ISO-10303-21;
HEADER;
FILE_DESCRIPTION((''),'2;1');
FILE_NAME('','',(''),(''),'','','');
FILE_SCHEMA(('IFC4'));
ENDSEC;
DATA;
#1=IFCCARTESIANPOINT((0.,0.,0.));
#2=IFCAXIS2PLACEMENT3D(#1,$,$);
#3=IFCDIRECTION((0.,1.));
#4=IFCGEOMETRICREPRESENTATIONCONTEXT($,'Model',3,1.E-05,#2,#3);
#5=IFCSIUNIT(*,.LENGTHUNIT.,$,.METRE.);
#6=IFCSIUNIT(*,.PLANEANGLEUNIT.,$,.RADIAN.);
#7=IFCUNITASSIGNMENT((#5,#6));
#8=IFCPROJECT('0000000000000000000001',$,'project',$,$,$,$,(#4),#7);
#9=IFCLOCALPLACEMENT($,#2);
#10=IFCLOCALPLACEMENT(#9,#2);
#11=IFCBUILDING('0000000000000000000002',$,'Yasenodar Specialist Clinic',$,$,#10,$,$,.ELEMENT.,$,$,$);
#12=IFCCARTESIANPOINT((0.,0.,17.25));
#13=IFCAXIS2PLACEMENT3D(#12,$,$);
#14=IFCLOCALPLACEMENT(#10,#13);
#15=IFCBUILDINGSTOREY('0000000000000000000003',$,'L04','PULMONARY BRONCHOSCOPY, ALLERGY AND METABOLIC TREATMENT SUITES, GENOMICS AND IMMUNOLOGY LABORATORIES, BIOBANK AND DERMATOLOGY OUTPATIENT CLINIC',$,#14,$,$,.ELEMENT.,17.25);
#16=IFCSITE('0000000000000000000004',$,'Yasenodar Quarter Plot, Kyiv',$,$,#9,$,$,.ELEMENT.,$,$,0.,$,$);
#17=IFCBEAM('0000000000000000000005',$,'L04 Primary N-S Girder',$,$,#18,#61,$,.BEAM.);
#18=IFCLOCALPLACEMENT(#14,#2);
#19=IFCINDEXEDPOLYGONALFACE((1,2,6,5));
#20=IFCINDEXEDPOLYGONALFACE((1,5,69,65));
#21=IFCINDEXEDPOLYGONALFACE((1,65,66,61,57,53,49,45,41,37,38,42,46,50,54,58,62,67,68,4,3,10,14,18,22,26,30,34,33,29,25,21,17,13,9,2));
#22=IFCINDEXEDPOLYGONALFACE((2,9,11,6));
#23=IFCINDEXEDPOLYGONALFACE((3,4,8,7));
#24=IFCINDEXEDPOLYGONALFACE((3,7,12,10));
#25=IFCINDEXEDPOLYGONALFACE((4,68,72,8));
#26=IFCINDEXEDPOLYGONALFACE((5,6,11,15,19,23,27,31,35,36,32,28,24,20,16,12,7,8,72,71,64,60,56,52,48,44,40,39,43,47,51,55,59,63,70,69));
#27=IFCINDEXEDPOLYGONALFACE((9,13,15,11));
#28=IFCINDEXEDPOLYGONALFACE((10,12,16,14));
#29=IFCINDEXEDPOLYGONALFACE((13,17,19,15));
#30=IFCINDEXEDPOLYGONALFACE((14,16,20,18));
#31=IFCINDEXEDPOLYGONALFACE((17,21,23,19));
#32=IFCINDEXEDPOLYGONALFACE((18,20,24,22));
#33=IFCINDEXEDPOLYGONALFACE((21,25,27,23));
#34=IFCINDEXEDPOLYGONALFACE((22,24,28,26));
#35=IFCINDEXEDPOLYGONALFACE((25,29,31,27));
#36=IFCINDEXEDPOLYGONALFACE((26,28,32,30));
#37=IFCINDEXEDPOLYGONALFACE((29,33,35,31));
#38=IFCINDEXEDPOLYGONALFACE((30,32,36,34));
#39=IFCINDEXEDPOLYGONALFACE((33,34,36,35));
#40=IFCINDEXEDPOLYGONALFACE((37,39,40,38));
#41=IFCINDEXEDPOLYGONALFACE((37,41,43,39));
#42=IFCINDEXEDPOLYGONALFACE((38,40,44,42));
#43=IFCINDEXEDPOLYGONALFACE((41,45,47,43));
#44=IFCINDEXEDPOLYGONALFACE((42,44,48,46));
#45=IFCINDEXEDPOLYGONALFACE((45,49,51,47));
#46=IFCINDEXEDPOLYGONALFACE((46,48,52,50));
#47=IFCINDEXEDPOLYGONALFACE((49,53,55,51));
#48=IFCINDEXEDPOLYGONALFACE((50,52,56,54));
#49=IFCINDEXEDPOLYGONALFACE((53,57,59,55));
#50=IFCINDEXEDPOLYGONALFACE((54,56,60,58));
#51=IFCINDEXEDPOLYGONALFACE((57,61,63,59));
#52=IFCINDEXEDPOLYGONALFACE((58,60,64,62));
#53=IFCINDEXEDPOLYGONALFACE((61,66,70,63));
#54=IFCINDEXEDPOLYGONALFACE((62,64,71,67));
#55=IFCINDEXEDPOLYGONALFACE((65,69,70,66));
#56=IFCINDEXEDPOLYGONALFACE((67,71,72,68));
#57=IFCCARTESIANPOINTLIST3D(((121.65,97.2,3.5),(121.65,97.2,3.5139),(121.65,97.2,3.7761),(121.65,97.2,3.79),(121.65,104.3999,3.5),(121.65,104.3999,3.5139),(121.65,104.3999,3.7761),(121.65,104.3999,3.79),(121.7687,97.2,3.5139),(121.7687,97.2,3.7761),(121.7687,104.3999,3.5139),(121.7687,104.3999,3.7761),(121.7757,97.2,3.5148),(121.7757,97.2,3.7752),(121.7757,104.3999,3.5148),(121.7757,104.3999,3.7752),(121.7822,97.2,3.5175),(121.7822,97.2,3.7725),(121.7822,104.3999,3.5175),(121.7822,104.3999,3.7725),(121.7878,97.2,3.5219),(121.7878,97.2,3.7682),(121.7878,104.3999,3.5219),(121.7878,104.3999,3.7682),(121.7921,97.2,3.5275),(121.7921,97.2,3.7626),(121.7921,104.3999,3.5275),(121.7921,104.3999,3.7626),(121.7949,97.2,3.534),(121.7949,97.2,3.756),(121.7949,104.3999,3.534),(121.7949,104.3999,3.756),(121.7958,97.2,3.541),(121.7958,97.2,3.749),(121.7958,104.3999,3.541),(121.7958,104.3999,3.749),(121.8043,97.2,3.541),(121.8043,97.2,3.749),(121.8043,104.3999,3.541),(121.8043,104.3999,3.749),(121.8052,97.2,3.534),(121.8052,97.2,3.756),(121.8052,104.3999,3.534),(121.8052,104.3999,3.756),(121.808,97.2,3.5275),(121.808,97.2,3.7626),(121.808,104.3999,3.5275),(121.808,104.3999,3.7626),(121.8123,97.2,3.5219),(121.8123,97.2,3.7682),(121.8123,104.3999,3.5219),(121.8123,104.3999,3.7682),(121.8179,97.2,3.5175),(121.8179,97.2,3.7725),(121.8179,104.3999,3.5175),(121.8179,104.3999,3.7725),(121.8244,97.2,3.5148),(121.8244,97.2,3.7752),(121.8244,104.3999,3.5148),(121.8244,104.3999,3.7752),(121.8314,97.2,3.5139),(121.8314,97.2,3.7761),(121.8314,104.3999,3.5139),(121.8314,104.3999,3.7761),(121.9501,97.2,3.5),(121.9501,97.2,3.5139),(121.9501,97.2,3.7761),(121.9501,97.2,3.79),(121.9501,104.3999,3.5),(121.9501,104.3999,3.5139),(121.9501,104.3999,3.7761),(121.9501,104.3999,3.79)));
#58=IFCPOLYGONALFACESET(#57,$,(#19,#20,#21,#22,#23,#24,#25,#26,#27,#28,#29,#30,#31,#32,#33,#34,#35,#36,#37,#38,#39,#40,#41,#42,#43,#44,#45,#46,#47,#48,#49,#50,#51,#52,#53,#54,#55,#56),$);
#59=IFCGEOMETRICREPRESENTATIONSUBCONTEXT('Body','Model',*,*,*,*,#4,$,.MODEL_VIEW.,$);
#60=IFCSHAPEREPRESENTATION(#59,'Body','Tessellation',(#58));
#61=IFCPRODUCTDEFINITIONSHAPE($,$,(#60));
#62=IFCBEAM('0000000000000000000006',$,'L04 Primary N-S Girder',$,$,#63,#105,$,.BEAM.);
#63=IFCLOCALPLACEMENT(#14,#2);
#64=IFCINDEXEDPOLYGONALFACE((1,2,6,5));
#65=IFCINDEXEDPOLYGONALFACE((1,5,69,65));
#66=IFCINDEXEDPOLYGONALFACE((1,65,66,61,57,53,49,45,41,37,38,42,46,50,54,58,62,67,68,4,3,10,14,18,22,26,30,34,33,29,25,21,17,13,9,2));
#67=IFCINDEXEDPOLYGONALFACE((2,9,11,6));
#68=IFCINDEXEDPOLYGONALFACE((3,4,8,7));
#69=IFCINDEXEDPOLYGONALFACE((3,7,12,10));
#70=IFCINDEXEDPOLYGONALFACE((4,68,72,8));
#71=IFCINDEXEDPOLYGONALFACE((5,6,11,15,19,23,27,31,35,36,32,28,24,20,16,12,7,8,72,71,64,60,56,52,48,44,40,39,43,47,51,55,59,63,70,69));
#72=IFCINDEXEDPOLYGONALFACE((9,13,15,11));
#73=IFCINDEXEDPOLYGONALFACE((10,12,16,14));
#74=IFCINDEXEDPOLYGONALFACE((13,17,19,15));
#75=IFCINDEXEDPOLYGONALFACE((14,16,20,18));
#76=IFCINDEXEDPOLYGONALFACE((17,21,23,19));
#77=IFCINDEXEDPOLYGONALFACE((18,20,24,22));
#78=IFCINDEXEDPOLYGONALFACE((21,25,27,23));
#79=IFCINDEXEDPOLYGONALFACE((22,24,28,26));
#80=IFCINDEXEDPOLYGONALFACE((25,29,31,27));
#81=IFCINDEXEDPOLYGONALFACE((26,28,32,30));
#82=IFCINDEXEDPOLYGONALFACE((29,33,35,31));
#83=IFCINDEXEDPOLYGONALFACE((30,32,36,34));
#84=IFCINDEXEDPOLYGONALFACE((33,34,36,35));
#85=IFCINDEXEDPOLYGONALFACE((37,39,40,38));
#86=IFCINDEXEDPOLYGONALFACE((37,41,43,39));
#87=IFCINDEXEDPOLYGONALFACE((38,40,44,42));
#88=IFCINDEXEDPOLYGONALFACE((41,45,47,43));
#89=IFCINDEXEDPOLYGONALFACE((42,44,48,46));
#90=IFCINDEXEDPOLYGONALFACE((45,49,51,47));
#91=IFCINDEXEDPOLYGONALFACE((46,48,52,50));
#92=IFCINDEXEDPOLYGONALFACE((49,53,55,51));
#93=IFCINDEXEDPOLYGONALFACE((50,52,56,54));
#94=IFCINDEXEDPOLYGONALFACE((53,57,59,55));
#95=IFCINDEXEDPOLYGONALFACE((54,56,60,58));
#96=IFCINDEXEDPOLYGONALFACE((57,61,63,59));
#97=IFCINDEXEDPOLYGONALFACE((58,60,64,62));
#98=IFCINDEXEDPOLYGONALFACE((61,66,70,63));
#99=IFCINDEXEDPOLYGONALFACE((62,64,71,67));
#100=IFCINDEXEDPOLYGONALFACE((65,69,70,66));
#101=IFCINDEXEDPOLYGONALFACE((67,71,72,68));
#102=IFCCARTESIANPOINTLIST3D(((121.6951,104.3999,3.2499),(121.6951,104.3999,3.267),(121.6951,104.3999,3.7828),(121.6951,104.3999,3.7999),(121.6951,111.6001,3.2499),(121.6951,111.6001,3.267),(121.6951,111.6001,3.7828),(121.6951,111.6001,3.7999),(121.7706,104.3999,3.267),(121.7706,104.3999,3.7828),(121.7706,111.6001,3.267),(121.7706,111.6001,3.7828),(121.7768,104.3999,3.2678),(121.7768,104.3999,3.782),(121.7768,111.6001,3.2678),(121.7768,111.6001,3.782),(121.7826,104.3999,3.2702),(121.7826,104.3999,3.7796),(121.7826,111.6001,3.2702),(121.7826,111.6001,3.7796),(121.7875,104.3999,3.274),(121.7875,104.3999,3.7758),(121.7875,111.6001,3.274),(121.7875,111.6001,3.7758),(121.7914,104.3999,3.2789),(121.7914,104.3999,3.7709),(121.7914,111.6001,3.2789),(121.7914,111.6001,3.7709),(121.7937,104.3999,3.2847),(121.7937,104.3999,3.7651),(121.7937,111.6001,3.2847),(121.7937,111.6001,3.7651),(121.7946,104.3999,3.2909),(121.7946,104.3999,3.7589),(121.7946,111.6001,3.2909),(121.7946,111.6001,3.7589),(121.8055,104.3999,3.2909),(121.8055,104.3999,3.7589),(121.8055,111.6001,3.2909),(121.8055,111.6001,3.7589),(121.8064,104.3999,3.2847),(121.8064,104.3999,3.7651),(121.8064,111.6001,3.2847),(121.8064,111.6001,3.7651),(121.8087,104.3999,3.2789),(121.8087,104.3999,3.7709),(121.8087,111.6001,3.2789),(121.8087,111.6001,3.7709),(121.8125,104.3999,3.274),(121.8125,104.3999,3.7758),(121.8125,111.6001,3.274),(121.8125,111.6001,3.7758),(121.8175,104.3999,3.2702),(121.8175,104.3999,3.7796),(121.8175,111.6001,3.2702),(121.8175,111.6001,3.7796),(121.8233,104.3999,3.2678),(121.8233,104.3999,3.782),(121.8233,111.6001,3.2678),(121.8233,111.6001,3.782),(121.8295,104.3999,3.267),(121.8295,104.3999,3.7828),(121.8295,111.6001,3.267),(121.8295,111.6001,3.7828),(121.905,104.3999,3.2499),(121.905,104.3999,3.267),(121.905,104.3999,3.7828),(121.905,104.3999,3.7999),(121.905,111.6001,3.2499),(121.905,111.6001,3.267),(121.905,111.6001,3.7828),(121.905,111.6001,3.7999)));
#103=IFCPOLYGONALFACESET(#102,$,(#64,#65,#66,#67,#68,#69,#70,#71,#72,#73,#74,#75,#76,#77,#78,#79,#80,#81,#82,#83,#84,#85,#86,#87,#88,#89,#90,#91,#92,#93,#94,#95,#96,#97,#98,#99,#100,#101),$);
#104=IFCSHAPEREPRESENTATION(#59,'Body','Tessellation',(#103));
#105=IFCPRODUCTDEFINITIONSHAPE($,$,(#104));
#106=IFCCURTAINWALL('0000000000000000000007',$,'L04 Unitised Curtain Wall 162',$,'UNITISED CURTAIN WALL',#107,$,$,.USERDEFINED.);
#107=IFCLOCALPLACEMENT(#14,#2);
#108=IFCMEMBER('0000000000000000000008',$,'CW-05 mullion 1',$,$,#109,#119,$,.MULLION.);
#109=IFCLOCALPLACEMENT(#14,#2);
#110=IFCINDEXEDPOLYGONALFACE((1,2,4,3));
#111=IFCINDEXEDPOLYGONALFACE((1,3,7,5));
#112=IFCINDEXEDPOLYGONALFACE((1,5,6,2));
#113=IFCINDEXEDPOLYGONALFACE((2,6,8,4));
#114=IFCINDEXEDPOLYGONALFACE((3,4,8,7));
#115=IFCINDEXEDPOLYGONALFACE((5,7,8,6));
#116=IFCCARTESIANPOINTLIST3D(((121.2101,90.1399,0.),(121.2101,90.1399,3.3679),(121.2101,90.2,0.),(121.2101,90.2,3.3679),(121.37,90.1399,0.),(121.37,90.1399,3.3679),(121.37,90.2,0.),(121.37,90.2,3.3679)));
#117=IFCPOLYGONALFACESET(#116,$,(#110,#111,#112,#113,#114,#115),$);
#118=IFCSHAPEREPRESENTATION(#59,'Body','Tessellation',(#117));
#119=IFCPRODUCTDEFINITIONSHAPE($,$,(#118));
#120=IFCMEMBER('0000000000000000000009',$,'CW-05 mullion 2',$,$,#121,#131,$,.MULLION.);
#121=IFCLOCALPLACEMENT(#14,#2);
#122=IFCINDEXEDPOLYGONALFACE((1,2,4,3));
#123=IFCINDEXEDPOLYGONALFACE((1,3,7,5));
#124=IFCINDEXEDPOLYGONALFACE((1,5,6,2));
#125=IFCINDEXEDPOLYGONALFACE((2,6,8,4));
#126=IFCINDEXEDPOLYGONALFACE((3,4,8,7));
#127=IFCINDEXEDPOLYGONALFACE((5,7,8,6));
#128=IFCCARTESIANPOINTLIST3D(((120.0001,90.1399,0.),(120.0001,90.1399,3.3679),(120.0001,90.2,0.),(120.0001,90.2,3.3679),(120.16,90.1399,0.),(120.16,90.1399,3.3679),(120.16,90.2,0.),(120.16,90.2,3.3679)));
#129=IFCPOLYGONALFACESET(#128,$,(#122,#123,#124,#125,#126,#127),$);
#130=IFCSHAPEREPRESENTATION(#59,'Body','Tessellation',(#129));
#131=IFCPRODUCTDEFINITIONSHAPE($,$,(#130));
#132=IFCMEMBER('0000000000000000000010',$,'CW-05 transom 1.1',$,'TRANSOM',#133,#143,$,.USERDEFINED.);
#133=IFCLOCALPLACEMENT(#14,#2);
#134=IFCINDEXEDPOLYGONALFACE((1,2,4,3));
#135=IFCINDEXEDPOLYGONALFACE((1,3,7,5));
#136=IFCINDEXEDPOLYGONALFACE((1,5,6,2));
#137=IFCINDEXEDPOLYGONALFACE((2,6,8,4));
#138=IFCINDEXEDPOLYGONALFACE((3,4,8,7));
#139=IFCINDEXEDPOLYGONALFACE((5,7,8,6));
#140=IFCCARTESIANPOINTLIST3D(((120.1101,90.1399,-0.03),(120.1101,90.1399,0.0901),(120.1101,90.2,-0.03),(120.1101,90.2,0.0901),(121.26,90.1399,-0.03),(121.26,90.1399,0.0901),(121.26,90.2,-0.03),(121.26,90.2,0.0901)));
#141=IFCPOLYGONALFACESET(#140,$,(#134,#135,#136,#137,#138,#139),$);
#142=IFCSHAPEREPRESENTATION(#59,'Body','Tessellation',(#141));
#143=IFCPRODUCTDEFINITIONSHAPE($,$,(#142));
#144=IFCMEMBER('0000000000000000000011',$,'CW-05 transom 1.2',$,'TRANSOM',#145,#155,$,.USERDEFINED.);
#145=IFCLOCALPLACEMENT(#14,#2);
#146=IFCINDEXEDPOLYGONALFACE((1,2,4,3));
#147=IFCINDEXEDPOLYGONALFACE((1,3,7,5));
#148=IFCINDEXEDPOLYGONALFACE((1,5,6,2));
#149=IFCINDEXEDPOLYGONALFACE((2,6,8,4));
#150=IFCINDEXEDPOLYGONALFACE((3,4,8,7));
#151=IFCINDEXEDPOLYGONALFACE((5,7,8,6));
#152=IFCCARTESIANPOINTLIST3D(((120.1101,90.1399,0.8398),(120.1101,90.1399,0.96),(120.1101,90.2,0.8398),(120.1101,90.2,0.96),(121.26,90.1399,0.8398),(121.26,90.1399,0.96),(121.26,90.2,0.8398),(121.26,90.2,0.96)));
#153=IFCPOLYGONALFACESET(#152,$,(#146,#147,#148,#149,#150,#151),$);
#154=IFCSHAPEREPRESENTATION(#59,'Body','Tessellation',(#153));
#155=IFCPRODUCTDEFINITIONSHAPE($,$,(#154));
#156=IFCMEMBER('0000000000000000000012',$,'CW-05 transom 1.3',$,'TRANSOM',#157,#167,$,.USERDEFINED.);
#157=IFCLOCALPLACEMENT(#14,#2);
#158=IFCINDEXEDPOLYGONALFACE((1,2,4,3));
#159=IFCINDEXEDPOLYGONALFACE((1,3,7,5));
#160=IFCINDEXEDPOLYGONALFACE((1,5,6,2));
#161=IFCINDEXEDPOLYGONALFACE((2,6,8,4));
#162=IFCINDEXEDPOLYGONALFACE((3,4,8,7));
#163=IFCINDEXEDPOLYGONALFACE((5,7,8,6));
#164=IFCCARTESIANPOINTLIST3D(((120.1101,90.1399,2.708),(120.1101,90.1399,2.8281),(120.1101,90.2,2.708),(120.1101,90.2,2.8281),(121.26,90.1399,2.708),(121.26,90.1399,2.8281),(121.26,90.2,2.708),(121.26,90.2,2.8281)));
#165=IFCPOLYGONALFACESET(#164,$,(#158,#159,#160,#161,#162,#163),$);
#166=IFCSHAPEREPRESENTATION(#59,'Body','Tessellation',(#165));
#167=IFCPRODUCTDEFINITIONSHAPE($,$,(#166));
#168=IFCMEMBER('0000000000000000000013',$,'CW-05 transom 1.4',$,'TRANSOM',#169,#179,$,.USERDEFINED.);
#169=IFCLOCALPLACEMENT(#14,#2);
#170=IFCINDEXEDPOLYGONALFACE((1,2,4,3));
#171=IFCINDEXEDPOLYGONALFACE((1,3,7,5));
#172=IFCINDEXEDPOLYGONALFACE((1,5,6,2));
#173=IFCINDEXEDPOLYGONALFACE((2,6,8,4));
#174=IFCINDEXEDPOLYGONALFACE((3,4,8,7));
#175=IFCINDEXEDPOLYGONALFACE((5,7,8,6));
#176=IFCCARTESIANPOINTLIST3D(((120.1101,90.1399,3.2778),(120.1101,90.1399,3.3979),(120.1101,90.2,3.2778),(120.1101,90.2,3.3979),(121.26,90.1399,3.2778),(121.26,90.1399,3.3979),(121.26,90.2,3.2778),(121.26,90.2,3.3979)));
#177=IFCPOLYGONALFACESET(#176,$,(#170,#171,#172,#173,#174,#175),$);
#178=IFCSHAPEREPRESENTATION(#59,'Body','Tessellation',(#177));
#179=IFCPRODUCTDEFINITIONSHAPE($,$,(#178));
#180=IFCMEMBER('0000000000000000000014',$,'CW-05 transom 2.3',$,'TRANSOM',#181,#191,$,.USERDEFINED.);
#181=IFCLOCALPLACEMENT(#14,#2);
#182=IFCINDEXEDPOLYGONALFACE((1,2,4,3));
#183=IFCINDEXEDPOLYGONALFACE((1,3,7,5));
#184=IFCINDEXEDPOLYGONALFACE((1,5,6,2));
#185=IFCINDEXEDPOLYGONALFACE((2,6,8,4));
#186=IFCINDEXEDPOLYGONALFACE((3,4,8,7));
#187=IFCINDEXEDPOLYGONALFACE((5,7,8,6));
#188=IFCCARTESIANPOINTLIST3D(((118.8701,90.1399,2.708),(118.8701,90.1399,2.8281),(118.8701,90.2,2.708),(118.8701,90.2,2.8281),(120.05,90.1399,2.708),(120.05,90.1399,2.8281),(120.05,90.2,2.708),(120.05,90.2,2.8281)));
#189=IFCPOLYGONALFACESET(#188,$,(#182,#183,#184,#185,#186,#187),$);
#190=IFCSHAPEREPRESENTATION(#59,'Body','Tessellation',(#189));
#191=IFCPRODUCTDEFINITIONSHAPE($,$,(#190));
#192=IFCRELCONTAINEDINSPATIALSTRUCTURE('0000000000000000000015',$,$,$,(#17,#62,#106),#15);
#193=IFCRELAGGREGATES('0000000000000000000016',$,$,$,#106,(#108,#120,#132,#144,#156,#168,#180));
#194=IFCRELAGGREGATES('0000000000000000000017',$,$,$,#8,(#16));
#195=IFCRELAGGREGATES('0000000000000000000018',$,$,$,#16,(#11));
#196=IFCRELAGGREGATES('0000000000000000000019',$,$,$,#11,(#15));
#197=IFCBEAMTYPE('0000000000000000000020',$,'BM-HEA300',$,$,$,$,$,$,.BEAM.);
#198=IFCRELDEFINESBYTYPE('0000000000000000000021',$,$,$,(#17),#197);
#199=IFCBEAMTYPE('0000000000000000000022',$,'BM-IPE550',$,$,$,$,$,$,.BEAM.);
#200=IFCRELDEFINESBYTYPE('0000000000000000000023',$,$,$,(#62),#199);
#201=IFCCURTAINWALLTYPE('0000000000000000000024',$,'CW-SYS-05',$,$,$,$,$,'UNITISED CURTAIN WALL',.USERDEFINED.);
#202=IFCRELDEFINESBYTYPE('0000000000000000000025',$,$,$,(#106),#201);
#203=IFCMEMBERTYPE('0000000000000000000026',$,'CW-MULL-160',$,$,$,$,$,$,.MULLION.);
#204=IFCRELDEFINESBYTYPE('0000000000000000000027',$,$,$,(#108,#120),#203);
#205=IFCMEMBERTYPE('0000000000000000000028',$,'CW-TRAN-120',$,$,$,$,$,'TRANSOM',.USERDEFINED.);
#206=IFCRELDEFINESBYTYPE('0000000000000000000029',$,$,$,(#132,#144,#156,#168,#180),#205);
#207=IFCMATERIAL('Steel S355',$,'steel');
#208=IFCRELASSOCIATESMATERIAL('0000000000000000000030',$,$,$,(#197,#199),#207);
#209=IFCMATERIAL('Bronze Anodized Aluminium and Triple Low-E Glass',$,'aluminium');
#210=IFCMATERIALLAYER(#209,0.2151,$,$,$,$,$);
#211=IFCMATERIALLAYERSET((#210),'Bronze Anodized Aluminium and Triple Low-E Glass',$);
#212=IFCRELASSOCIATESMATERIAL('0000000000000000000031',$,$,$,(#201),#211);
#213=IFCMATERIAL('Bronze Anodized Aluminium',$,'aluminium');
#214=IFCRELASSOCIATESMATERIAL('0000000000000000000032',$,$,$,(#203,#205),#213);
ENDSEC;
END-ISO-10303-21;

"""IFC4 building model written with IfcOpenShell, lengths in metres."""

from ifc_helpers import new_model, si_unit, direction, frame, origin, origin_2d, place, context, subcontext, project, spatial, rectangle, i_section, extrude, material, layer, layer_set, material_profile, profile_set, type_object, element, aggregate, save


model = new_model("IFC4")

# Units and contexts
model_context = context("Model", 3, precision=1e-05, world=origin(), true_north=direction((0.0, 1.0)))
body_context = subcontext(model_context, "Body", "Model", "MODEL_VIEW")
ifc_project = project(units=[si_unit("LENGTHUNIT", "METRE"), si_unit("PLANEANGLEUNIT", "RADIAN")], contexts=[model_context])

# Site, building, storey
site_placement = place(None, origin())
site = spatial("IfcSite", under=ifc_project, at=site_placement, Name="Yasenodar Quarter Plot, Kyiv", CompositionType="ELEMENT", RefElevation=0.0)
building_placement = place(site_placement, origin())
building = spatial("IfcBuilding", under=site, at=building_placement, Name="Yasenodar Specialist Clinic", CompositionType="ELEMENT")
storey_placement = place(building_placement, frame((0.0, 0.0, 17.25)))
storey = spatial("IfcBuildingStorey", under=building, at=storey_placement, Name="L04", Description="PULMONARY BRONCHOSCOPY, ALLERGY AND METABOLIC TREATMENT SUITES, GENOMICS AND IMMUNOLOGY LABORATORIES, BIOBANK AND DERMATOLOGY OUTPATIENT CLINIC", CompositionType="ELEMENT", Elevation=17.25)

# Shared definitions
ifc_material_1 = material(Name="Steel S355", Category="steel")

# Beams
ifc_material_profile_1 = material_profile(ifc_material_1, i_section(OverallWidth=0.3, OverallDepth=0.29, WebThickness=0.0085, FlangeThickness=0.0139, FilletRadius=0.0271, at=origin_2d()), Name="HEA 300")
ifc_profile_set_1 = profile_set([ifc_material_profile_1], Name="Steel S355")
beam_type_1 = type_object("IfcBeamType", Name="BM-HEA300", PredefinedType="BEAM", material=ifc_profile_set_1)
beam_1_placement = place(storey_placement, frame((121.8, 97.2, 3.645), z_axis=(0.0, 1.0, 0.0), x_axis=(-1.0, 0.0, 0.0)))
element("IfcBeam", 1, at=beam_1_placement, inside=storey, type_object=beam_type_1, Name="L04 Primary N-S Girder", PredefinedType="BEAM", context=body_context, shape_type="SweptSolid", body=[
    extrude(i_section(OverallWidth=0.3, OverallDepth=0.29, WebThickness=0.0085, FlangeThickness=0.0139, FilletRadius=0.0271, at=origin_2d()), origin(), (0.0, 0.0, 1.0), 7.2),
])
ifc_material_profile_2 = material_profile(ifc_material_1, i_section(OverallWidth=0.21, OverallDepth=0.55, WebThickness=0.011, FlangeThickness=0.0171, FilletRadius=0.0239, at=origin_2d()), Name="IPE 550")
ifc_profile_set_2 = profile_set([ifc_material_profile_2], Name="Steel S355")
beam_type_2 = type_object("IfcBeamType", Name="BM-IPE550", PredefinedType="BEAM", material=ifc_profile_set_2)
beam_2_placement = place(storey_placement, frame((121.8, 104.3999, 3.5249), z_axis=(0.0, 1.0, 0.0), x_axis=(-1.0, 0.0, 0.0)))
element("IfcBeam", 2, at=beam_2_placement, inside=storey, type_object=beam_type_2, Name="L04 Primary N-S Girder", PredefinedType="BEAM", context=body_context, shape_type="SweptSolid", body=[
    extrude(i_section(OverallWidth=0.21, OverallDepth=0.55, WebThickness=0.011, FlangeThickness=0.0171, FilletRadius=0.0239, at=origin_2d()), origin(), (0.0, 0.0, 1.0), 7.2002),
])

# Curtain wall, members
ifc_material_2 = material(Name="Bronze Anodized Aluminium and Triple Low-E Glass", Category="aluminium")
ifc_layer_1 = layer(ifc_material_2, 0.2151)
ifc_layer_set_1 = layer_set([ifc_layer_1], Name="Bronze Anodized Aluminium and Triple Low-E Glass")
curtain_wall_type = type_object("IfcCurtainWallType", Name="CW-SYS-05", ElementType="UNITISED CURTAIN WALL", PredefinedType="USERDEFINED", material=ifc_layer_set_1)
curtain_wall_placement = place(storey_placement, origin())
curtain_wall = element("IfcCurtainWall", 3, at=curtain_wall_placement, inside=storey, type_object=curtain_wall_type, Name="L04 Unitised Curtain Wall 162", ObjectType="UNITISED CURTAIN WALL", PredefinedType="USERDEFINED")
ifc_material_3 = material(Name="Bronze Anodized Aluminium", Category="aluminium")
ifc_material_profile_3 = material_profile(ifc_material_3, rectangle(XDim=0.0601, YDim=0.1599, at=origin_2d()), Name="CW-MULL 60x160")
ifc_profile_set_3 = profile_set([ifc_material_profile_3], Name="Bronze Anodized Aluminium")
member_type_1 = type_object("IfcMemberType", Name="CW-MULL-160", PredefinedType="MULLION", material=ifc_profile_set_3)
member_1_placement = place(storey_placement, frame((121.29, 90.1699, 0.0), z_axis=(0.0, 0.0, 1.0), x_axis=(0.0, -1.0, 0.0)))
member_1 = element("IfcMember", 4, at=member_1_placement, type_object=member_type_1, Name="CW-05 mullion 1", PredefinedType="MULLION", context=body_context, shape_type="SweptSolid", body=[
    extrude(rectangle(XDim=0.0601, YDim=0.1599, at=origin_2d()), origin(), (0.0, 0.0, 1.0), 3.3679),
])
member_2_placement = place(storey_placement, frame((120.0801, 90.1699, 0.0), z_axis=(0.0, 0.0, 1.0), x_axis=(0.0, -1.0, 0.0)))
member_2 = element("IfcMember", 5, at=member_2_placement, type_object=member_type_1, Name="CW-05 mullion 2", PredefinedType="MULLION", context=body_context, shape_type="SweptSolid", body=[
    extrude(rectangle(XDim=0.0601, YDim=0.1599, at=origin_2d()), origin(), (0.0, 0.0, 1.0), 3.3679),
])
ifc_material_profile_4 = material_profile(ifc_material_3, rectangle(XDim=0.0601, YDim=0.1201, at=origin_2d()), Name="CW-TRAN 60x120")
ifc_profile_set_4 = profile_set([ifc_material_profile_4], Name="Bronze Anodized Aluminium")
member_type_2 = type_object("IfcMemberType", Name="CW-TRAN-120", ElementType="TRANSOM", PredefinedType="USERDEFINED", material=ifc_profile_set_4)
member_3_placement = place(storey_placement, frame((121.26, 90.1699, 0.03), z_axis=(-1.0, 0.0, 0.0), x_axis=(0.0, -1.0, 0.0)))
member_3 = element("IfcMember", 6, at=member_3_placement, type_object=member_type_2, Name="CW-05 transom 1.1", ObjectType="TRANSOM", PredefinedType="USERDEFINED", context=body_context, shape_type="SweptSolid", body=[
    extrude(rectangle(XDim=0.0601, YDim=0.1201, at=origin_2d()), origin(), (0.0, 0.0, 1.0), 1.1499),
])
member_4_placement = place(storey_placement, frame((121.26, 90.1699, 0.8999), z_axis=(-1.0, 0.0, 0.0), x_axis=(0.0, -1.0, 0.0)))
member_4 = element("IfcMember", 7, at=member_4_placement, type_object=member_type_2, Name="CW-05 transom 1.2", ObjectType="TRANSOM", PredefinedType="USERDEFINED", context=body_context, shape_type="SweptSolid", body=[
    extrude(rectangle(XDim=0.0601, YDim=0.1201, at=origin_2d()), origin(), (0.0, 0.0, 1.0), 1.1499),
])
member_5_placement = place(storey_placement, frame((121.26, 90.1699, 2.7681), z_axis=(-1.0, 0.0, 0.0), x_axis=(0.0, -1.0, 0.0)))
member_5 = element("IfcMember", 8, at=member_5_placement, type_object=member_type_2, Name="CW-05 transom 1.3", ObjectType="TRANSOM", PredefinedType="USERDEFINED", context=body_context, shape_type="SweptSolid", body=[
    extrude(rectangle(XDim=0.0601, YDim=0.1201, at=origin_2d()), origin(), (0.0, 0.0, 1.0), 1.1499),
])
member_6_placement = place(storey_placement, frame((121.26, 90.1699, 3.3379), z_axis=(-1.0, 0.0, 0.0), x_axis=(0.0, -1.0, 0.0)))
member_6 = element("IfcMember", 9, at=member_6_placement, type_object=member_type_2, Name="CW-05 transom 1.4", ObjectType="TRANSOM", PredefinedType="USERDEFINED", context=body_context, shape_type="SweptSolid", body=[
    extrude(rectangle(XDim=0.0601, YDim=0.1201, at=origin_2d()), origin(), (0.0, 0.0, 1.0), 1.1499),
])
member_7_placement = place(storey_placement, frame((120.05, 90.1699, 2.7681), z_axis=(-1.0, 0.0, 0.0), x_axis=(0.0, -1.0, 0.0)))
member_7 = element("IfcMember", 10, at=member_7_placement, type_object=member_type_2, Name="CW-05 transom 2.3", ObjectType="TRANSOM", PredefinedType="USERDEFINED", context=body_context, shape_type="SweptSolid", body=[
    extrude(rectangle(XDim=0.0601, YDim=0.1201, at=origin_2d()), origin(), (0.0, 0.0, 1.0), 1.1799),
])
aggregate(curtain_wall, [member_1, member_2, member_3, member_4, member_5, member_6, member_7])

save(model, "model.ifc")
